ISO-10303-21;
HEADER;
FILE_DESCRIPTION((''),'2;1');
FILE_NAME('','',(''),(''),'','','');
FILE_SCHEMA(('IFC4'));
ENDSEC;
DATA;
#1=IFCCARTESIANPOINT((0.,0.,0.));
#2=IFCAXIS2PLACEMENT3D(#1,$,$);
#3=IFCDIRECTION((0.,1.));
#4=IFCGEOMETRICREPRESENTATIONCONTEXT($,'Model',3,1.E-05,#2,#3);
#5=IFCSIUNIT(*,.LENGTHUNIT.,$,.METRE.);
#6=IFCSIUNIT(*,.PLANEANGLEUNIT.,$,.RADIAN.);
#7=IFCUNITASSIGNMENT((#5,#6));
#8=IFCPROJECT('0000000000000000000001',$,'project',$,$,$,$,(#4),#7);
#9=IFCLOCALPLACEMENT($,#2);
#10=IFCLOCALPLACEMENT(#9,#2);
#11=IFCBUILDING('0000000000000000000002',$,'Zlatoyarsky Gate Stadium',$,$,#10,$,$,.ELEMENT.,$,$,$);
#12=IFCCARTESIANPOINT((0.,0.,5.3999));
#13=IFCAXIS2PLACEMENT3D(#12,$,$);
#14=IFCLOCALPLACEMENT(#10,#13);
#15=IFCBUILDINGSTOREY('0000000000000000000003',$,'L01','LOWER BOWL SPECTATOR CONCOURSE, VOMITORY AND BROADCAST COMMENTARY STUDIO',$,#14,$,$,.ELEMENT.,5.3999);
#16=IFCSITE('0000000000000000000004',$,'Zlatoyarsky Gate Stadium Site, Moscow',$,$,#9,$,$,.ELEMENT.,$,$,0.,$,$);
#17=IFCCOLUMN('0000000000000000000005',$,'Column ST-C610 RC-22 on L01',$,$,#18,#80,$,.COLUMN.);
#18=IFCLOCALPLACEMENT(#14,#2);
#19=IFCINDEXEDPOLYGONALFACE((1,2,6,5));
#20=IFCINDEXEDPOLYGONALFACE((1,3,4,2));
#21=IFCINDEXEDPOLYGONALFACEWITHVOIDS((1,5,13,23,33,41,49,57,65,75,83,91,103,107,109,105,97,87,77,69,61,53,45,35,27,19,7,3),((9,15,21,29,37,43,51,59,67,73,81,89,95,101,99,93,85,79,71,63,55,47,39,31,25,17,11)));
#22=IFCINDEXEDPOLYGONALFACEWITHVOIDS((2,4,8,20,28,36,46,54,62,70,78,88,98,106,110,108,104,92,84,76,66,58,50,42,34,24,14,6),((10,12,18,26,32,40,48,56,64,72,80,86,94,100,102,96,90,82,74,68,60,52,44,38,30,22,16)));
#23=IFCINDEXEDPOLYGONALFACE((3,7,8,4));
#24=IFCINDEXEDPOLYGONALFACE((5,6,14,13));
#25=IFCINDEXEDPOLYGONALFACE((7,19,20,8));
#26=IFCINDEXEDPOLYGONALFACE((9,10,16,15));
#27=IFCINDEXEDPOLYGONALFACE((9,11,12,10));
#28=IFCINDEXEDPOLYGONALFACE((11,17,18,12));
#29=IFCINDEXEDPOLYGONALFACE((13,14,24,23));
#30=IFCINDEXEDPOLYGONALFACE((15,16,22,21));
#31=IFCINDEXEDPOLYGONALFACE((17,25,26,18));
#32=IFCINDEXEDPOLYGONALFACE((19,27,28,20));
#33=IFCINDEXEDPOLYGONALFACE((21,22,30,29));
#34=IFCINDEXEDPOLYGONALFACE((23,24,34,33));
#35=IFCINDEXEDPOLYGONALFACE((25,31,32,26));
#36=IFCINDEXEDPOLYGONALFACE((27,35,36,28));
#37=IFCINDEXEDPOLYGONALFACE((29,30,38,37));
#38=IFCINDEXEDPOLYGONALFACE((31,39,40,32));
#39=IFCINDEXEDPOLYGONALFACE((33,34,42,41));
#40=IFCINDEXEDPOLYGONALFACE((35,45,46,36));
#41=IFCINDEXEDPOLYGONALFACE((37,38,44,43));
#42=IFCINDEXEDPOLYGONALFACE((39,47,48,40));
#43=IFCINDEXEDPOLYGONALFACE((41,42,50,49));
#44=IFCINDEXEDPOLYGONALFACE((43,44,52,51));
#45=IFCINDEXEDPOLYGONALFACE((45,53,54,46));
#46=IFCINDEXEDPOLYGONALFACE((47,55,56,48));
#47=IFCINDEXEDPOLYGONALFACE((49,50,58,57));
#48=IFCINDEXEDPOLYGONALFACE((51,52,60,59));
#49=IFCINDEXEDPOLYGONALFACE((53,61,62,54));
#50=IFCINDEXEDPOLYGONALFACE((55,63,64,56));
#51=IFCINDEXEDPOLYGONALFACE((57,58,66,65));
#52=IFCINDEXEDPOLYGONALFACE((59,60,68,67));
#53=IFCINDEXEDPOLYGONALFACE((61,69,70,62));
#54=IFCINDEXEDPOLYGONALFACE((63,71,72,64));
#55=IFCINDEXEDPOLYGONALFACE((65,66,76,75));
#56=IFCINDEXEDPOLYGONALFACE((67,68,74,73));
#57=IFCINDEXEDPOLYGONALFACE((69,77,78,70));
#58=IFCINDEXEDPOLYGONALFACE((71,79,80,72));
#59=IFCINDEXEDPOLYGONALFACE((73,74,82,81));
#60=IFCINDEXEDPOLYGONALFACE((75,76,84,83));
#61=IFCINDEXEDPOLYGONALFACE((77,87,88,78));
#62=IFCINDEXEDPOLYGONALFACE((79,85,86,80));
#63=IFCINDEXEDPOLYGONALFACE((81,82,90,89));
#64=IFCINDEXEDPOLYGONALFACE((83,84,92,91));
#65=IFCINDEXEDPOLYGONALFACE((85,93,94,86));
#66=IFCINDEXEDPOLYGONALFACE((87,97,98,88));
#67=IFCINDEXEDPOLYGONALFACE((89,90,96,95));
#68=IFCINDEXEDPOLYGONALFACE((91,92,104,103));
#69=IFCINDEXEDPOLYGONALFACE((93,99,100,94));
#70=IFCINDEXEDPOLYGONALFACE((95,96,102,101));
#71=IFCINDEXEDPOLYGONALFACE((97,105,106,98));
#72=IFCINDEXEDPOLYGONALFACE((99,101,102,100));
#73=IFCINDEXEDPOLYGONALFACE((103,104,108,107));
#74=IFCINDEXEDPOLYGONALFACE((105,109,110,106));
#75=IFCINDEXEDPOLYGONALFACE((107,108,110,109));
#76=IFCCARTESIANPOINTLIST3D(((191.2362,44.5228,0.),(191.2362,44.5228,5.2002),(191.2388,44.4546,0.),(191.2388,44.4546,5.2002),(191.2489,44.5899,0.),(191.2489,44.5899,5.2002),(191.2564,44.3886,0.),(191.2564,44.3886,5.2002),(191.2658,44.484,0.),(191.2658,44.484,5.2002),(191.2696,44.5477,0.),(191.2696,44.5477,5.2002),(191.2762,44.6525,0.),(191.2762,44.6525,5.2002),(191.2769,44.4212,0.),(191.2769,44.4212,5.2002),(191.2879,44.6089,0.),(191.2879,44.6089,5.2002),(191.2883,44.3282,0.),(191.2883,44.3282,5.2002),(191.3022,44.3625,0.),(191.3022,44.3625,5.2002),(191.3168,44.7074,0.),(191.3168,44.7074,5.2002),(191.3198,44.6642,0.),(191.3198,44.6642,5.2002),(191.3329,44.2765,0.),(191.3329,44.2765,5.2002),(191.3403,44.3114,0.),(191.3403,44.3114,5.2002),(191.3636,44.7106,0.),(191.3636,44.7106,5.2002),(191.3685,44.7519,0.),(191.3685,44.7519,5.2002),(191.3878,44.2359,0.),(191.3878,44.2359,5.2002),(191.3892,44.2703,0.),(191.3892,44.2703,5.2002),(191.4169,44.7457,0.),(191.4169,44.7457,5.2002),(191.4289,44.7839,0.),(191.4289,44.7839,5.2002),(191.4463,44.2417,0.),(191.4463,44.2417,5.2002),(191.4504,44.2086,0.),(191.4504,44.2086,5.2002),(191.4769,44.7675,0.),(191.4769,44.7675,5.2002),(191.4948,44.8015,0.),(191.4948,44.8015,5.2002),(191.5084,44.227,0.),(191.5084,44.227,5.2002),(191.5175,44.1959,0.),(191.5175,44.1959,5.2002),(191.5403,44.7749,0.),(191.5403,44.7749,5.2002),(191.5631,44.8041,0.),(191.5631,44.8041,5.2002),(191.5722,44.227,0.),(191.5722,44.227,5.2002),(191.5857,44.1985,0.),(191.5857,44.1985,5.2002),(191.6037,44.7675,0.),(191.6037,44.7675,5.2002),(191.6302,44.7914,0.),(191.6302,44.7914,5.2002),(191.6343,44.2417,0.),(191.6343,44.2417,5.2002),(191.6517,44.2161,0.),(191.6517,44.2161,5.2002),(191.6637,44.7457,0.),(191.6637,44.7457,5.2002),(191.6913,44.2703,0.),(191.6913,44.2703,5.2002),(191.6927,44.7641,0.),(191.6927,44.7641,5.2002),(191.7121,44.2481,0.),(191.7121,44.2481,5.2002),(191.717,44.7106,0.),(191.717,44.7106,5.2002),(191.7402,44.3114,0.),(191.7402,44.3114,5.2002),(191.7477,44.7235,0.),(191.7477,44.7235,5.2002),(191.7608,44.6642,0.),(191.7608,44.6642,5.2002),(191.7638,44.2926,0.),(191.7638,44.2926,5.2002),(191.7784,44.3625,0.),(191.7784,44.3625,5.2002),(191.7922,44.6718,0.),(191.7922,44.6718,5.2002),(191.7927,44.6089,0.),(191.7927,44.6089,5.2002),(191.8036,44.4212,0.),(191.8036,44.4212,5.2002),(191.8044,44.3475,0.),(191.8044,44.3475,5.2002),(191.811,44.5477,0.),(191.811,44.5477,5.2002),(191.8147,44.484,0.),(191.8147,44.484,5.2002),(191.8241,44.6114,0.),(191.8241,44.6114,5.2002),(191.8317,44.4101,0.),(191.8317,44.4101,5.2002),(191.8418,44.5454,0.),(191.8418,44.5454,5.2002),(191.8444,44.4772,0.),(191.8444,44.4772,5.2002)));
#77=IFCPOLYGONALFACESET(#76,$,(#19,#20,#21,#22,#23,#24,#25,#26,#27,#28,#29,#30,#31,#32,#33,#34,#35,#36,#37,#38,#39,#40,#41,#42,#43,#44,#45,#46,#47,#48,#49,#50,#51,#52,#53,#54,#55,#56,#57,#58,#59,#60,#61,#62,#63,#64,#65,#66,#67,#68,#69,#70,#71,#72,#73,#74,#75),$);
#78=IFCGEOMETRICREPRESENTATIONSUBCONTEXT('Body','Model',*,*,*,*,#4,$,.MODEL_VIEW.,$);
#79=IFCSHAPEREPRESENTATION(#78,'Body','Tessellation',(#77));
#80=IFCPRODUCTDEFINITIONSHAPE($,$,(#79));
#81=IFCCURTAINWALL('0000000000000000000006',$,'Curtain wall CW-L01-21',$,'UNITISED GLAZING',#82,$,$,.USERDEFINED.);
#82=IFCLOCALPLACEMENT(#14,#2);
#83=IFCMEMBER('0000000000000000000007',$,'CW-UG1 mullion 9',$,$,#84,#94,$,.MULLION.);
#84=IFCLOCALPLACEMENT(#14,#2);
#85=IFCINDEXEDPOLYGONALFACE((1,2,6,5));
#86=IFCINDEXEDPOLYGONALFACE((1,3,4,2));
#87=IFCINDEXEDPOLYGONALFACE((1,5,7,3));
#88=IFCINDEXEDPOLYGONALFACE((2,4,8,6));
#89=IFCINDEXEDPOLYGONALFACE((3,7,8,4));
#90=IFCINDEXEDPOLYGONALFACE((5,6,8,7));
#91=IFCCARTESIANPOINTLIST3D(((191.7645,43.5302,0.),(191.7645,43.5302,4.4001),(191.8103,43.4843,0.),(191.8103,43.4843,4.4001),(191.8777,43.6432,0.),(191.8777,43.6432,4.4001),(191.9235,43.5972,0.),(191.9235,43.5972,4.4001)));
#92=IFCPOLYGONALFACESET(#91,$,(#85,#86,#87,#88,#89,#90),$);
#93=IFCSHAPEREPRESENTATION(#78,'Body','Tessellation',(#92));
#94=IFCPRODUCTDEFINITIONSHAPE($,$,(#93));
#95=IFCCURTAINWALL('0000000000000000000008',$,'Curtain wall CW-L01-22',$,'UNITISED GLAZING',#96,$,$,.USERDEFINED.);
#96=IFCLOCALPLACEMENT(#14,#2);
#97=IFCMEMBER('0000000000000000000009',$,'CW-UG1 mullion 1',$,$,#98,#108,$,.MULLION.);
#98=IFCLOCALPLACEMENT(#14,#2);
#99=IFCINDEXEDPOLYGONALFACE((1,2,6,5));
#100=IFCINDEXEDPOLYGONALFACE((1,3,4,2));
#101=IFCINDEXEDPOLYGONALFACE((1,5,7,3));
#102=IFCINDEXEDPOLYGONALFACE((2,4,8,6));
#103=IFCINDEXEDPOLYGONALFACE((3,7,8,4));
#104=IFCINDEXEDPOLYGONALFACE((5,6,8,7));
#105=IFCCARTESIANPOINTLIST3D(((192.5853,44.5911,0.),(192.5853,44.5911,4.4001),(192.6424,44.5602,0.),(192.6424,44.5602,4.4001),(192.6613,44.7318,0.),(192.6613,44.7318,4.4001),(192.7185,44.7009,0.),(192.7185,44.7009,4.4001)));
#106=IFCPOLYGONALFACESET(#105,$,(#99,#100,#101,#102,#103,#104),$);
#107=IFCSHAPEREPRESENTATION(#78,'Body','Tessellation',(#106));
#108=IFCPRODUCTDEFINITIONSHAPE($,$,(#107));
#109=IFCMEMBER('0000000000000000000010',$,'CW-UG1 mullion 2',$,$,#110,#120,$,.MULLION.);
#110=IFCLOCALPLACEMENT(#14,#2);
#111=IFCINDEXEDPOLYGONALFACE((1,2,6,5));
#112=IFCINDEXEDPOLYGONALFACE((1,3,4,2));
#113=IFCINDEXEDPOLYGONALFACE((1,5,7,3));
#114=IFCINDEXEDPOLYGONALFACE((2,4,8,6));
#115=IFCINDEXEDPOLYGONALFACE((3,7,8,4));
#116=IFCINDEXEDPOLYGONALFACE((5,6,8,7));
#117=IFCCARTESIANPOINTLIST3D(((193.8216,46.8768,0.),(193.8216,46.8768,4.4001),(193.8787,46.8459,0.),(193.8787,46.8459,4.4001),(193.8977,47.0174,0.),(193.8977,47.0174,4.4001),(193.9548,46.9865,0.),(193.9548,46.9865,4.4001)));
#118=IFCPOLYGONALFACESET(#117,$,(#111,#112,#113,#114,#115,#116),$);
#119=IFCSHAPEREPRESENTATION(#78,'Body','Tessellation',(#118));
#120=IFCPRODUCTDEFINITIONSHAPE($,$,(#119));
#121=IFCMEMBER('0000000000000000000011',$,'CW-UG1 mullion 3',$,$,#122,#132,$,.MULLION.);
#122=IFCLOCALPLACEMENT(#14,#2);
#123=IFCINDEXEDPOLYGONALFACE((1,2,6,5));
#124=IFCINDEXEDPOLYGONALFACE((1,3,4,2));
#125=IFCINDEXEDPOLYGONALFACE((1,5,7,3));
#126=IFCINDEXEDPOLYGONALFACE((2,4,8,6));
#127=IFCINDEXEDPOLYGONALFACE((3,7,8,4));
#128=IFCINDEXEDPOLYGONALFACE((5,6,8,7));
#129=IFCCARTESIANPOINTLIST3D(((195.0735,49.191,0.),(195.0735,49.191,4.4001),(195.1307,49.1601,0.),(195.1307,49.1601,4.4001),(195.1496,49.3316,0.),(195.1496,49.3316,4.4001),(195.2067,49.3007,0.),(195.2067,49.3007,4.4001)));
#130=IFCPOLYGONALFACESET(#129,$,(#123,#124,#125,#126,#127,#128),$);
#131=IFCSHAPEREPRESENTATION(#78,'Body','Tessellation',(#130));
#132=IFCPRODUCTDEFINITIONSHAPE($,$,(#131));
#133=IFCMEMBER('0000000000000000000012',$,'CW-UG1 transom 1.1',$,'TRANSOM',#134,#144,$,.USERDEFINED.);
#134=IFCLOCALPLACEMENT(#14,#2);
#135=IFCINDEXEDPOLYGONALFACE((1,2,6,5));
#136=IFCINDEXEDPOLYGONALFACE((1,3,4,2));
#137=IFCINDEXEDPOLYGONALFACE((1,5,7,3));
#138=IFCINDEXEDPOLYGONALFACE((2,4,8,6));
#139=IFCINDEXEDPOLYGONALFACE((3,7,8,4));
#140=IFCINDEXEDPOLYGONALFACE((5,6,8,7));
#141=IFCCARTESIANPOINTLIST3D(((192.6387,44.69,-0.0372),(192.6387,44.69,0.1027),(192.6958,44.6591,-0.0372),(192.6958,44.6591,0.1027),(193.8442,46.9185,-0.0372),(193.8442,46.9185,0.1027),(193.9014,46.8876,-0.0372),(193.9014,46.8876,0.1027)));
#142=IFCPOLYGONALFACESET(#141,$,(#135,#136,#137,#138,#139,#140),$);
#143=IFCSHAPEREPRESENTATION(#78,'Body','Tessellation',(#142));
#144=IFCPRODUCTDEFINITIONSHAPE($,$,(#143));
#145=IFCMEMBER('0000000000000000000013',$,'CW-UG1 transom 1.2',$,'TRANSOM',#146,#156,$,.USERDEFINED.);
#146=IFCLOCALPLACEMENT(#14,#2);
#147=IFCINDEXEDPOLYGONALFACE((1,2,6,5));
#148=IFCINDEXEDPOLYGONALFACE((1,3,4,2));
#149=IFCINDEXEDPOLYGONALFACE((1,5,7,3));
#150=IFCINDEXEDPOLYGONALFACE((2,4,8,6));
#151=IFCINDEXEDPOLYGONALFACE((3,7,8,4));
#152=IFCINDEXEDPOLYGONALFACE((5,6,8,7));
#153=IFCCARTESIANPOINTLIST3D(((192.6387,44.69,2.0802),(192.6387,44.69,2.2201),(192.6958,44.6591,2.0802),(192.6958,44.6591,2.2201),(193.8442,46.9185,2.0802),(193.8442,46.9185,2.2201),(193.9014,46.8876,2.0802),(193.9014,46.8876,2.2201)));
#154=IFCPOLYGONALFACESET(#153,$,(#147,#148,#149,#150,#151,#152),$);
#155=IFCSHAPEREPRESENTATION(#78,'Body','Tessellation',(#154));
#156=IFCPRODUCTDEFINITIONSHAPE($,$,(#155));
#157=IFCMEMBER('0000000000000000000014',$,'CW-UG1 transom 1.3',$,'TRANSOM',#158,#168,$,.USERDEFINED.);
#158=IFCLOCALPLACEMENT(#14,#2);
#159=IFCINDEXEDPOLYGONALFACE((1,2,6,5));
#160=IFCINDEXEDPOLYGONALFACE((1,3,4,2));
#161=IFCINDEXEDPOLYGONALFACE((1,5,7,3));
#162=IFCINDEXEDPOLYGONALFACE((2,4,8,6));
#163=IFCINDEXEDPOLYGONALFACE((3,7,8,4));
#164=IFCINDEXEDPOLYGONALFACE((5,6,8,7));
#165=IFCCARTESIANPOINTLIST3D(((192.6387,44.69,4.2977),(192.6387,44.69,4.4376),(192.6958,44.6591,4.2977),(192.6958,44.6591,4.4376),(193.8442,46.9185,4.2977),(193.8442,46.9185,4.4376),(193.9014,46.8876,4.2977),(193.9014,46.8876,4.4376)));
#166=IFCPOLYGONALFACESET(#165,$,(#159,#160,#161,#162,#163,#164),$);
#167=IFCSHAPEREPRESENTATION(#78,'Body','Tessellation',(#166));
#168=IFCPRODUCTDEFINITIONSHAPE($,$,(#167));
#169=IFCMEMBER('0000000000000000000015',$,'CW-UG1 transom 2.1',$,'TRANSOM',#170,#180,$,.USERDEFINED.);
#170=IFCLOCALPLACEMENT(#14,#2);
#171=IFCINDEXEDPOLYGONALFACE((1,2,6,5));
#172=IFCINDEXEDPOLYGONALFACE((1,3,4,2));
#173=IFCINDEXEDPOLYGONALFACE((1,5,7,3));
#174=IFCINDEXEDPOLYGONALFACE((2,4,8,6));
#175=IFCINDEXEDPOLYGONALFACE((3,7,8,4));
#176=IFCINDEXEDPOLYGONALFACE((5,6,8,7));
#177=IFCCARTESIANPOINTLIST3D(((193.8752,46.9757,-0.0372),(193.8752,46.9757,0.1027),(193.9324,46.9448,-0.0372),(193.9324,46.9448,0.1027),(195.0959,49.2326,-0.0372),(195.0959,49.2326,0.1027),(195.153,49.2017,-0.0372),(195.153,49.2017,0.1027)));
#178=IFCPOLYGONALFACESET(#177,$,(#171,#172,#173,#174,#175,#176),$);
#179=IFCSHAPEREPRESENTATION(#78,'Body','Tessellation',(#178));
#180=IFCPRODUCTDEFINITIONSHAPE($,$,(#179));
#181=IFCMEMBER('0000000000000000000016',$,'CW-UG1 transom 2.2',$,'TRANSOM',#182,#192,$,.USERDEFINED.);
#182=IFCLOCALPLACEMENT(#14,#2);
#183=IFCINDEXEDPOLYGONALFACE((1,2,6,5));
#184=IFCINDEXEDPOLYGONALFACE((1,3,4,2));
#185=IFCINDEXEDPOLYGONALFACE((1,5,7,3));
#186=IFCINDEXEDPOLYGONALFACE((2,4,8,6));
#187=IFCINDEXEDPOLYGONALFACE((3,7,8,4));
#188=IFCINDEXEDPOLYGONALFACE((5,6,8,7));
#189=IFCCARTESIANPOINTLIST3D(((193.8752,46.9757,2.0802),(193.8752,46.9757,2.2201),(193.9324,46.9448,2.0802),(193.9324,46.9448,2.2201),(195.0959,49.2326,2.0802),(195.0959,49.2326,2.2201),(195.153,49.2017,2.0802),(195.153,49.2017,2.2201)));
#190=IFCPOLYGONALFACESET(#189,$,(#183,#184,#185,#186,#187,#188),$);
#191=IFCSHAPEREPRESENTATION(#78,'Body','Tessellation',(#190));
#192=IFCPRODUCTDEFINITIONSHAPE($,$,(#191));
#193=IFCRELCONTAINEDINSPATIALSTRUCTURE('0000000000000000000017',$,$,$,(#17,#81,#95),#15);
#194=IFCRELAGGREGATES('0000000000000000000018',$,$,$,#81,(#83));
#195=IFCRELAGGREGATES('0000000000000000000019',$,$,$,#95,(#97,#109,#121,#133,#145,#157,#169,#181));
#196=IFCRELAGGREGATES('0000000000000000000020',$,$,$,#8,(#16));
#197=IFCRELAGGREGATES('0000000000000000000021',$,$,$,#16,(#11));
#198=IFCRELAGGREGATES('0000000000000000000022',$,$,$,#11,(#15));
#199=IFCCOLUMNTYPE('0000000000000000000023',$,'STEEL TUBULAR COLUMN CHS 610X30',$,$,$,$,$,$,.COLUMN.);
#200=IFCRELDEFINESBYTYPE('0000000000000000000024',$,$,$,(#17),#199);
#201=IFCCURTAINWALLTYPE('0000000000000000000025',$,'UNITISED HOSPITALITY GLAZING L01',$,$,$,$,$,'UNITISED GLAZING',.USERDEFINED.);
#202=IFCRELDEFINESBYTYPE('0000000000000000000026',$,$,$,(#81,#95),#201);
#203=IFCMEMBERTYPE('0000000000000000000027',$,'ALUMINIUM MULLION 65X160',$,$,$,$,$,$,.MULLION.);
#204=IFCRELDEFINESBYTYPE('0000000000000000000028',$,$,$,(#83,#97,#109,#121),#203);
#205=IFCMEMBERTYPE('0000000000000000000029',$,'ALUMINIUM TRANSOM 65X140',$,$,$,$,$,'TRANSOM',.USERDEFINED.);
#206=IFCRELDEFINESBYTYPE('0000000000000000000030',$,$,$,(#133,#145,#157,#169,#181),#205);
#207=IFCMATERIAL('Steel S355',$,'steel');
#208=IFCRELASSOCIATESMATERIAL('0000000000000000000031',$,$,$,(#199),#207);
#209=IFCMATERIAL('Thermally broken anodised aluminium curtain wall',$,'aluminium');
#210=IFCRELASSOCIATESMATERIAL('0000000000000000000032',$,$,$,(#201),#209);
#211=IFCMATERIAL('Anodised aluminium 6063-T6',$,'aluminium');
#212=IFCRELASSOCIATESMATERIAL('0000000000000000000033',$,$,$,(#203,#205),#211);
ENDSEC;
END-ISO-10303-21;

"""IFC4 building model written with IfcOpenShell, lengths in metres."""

from ifc_helpers import new_model, si_unit, direction, frame, origin, origin_2d, place, context, subcontext, project, spatial, rectangle, hollow_circle, extrude, material, material_profile, profile_set, type_object, element, aggregate, save


model = new_model("IFC4")

# Units and contexts
model_context = context("Model", 3, precision=1e-05, world=origin(), true_north=direction((0.0, 1.0)))
body_context = subcontext(model_context, "Body", "Model", "MODEL_VIEW")
ifc_project = project(units=[si_unit("LENGTHUNIT", "METRE"), si_unit("PLANEANGLEUNIT", "RADIAN")], contexts=[model_context])

# Site, building, storey
site_placement = place(None, origin())
site = spatial("IfcSite", under=ifc_project, at=site_placement, Name="Zlatoyarsky Gate Stadium Site, Moscow", CompositionType="ELEMENT", RefElevation=0.0)
building_placement = place(site_placement, origin())
building = spatial("IfcBuilding", under=site, at=building_placement, Name="Zlatoyarsky Gate Stadium", CompositionType="ELEMENT")
storey_placement = place(building_placement, frame((0.0, 0.0, 5.3999)))
storey = spatial("IfcBuildingStorey", under=building, at=storey_placement, Name="L01", Description="LOWER BOWL SPECTATOR CONCOURSE, VOMITORY AND BROADCAST COMMENTARY STUDIO", CompositionType="ELEMENT", Elevation=5.3999)

# Column
ifc_material_1 = material(Name="Steel S355", Category="steel")
ifc_material_profile_1 = material_profile(ifc_material_1, hollow_circle(Radius=0.3049, WallThickness=0.03, at=origin_2d()), Name="CHS 610X30")
ifc_profile_set_1 = profile_set([ifc_material_profile_1], Name="Steel S355")
column_type = type_object("IfcColumnType", Name="STEEL TUBULAR COLUMN CHS 610X30", PredefinedType="COLUMN", material=ifc_profile_set_1)
column_placement = place(storey_placement, frame((191.5403, 44.5, 0.0), z_axis=(0.0, 0.0, 1.0), x_axis=(0.866025, -0.5, 0.0)))
element("IfcColumn", 1, at=column_placement, inside=storey, type_object=column_type, Name="Column ST-C610 RC-22 on L01", PredefinedType="COLUMN", context=body_context, shape_type="SweptSolid", body=[
    extrude(hollow_circle(Radius=0.3049, WallThickness=0.03, at=origin_2d()), origin(), (0.0, 0.0, 1.0), 5.2002),
])

# Curtain wall, member
ifc_material_2 = material(Name="Thermally broken anodised aluminium curtain wall", Category="aluminium")
curtain_wall_type = type_object("IfcCurtainWallType", Name="UNITISED HOSPITALITY GLAZING L01", ElementType="UNITISED GLAZING", PredefinedType="USERDEFINED", material=ifc_material_2)
curtain_wall_1_placement = place(storey_placement, origin())
curtain_wall_1 = element("IfcCurtainWall", 2, at=curtain_wall_1_placement, inside=storey, type_object=curtain_wall_type, Name="Curtain wall CW-L01-21", ObjectType="UNITISED GLAZING", PredefinedType="USERDEFINED")
ifc_material_3 = material(Name="Anodised aluminium 6063-T6", Category="aluminium")
ifc_material_profile_2 = material_profile(ifc_material_3, rectangle(XDim=0.0649, YDim=0.1599, at=origin_2d()), Name="ALU 65X160")
ifc_profile_set_2 = profile_set([ifc_material_profile_2], Name="Anodised aluminium 6063-T6")
member_type_1 = type_object("IfcMemberType", Name="ALUMINIUM MULLION 65X160", PredefinedType="MULLION", material=ifc_profile_set_2)
member_1_placement = place(storey_placement, frame((191.844, 43.5637, 0.0), z_axis=(0.0, 0.0, 1.0), x_axis=(-0.706371, 0.707842, 0.0)))
member_1 = element("IfcMember", 3, at=member_1_placement, type_object=member_type_1, Name="CW-UG1 mullion 9", PredefinedType="MULLION", context=body_context, shape_type="SweptSolid", body=[
    extrude(rectangle(XDim=0.0649, YDim=0.1599, at=origin_2d()), origin(), (0.0, 0.0, 1.0), 4.4001),
])
aggregate(curtain_wall_1, [member_1])

# Curtain wall, members
curtain_wall_2_placement = place(storey_placement, origin())
curtain_wall_2 = element("IfcCurtainWall", 4, at=curtain_wall_2_placement, inside=storey, type_object=curtain_wall_type, Name="Curtain wall CW-L01-22", ObjectType="UNITISED GLAZING", PredefinedType="USERDEFINED")
member_2_placement = place(storey_placement, frame((192.6519, 44.646, 0.0), z_axis=(0.0, 0.0, 1.0), x_axis=(-0.879562, 0.475784, 0.0)))
member_2 = element("IfcMember", 5, at=member_2_placement, type_object=member_type_1, Name="CW-UG1 mullion 1", PredefinedType="MULLION", context=body_context, shape_type="SweptSolid", body=[
    extrude(rectangle(XDim=0.0649, YDim=0.1599, at=origin_2d()), origin(), (0.0, 0.0, 1.0), 4.4001),
])
member_3_placement = place(storey_placement, frame((193.8882, 46.9316, 0.0), z_axis=(0.0, 0.0, 1.0), x_axis=(-0.879562, 0.475784, 0.0)))
member_3 = element("IfcMember", 6, at=member_3_placement, type_object=member_type_1, Name="CW-UG1 mullion 2", PredefinedType="MULLION", context=body_context, shape_type="SweptSolid", body=[
    extrude(rectangle(XDim=0.0649, YDim=0.1599, at=origin_2d()), origin(), (0.0, 0.0, 1.0), 4.4001),
])
member_4_placement = place(storey_placement, frame((195.1401, 49.2458, 0.0), z_axis=(0.0, 0.0, 1.0), x_axis=(-0.879562, 0.475784, 0.0)))
member_4 = element("IfcMember", 7, at=member_4_placement, type_object=member_type_1, Name="CW-UG1 mullion 3", PredefinedType="MULLION", context=body_context, shape_type="SweptSolid", body=[
    extrude(rectangle(XDim=0.0649, YDim=0.1599, at=origin_2d()), origin(), (0.0, 0.0, 1.0), 4.4001),
])
ifc_material_profile_3 = material_profile(ifc_material_3, rectangle(XDim=0.0649, YDim=0.1399, at=origin_2d()), Name="ALU 65X140")
ifc_profile_set_3 = profile_set([ifc_material_profile_3], Name="Anodised aluminium 6063-T6")
member_type_2 = type_object("IfcMemberType", Name="ALUMINIUM TRANSOM 65X140", ElementType="TRANSOM", PredefinedType="USERDEFINED", material=ifc_profile_set_3)
member_5_placement = place(storey_placement, frame((192.6672, 44.6746, 0.0327), z_axis=(0.475811, 0.879547, 0.0), x_axis=(-0.879547, 0.475811, 0.0)))
member_5 = element("IfcMember", 8, at=member_5_placement, type_object=member_type_2, Name="CW-UG1 transom 1.1", ObjectType="TRANSOM", PredefinedType="USERDEFINED", context=body_context, shape_type="SweptSolid", body=[
    extrude(rectangle(XDim=0.0649, YDim=0.1399, at=origin_2d()), origin(), (0.0, 0.0, 1.0), 2.5337),
])
member_6_placement = place(storey_placement, frame((192.6672, 44.6746, 2.1501), z_axis=(0.475811, 0.879547, 0.0), x_axis=(-0.879547, 0.475811, 0.0)))
member_6 = element("IfcMember", 9, at=member_6_placement, type_object=member_type_2, Name="CW-UG1 transom 1.2", ObjectType="TRANSOM", PredefinedType="USERDEFINED", context=body_context, shape_type="SweptSolid", body=[
    extrude(rectangle(XDim=0.0649, YDim=0.1399, at=origin_2d()), origin(), (0.0, 0.0, 1.0), 2.5337),
])
member_7_placement = place(storey_placement, frame((192.6672, 44.6746, 4.3677), z_axis=(0.475811, 0.879547, 0.0), x_axis=(-0.879547, 0.475811, 0.0)))
member_7 = element("IfcMember", 10, at=member_7_placement, type_object=member_type_2, Name="CW-UG1 transom 1.3", ObjectType="TRANSOM", PredefinedType="USERDEFINED", context=body_context, shape_type="SweptSolid", body=[
    extrude(rectangle(XDim=0.0649, YDim=0.1399, at=origin_2d()), origin(), (0.0, 0.0, 1.0), 2.5337),
])
member_8_placement = place(storey_placement, frame((193.9038, 46.9602, 0.0327), z_axis=(0.475716, 0.879599, 0.0), x_axis=(-0.879599, 0.475716, 0.0)))
member_8 = element("IfcMember", 11, at=member_8_placement, type_object=member_type_2, Name="CW-UG1 transom 2.1", ObjectType="TRANSOM", PredefinedType="USERDEFINED", context=body_context, shape_type="SweptSolid", body=[
    extrude(rectangle(XDim=0.0649, YDim=0.1399, at=origin_2d()), origin(), (0.0, 0.0, 1.0), 2.5659),
])
member_9_placement = place(storey_placement, frame((193.9038, 46.9602, 2.1501), z_axis=(0.475716, 0.879599, 0.0), x_axis=(-0.879599, 0.475716, 0.0)))
member_9 = element("IfcMember", 12, at=member_9_placement, type_object=member_type_2, Name="CW-UG1 transom 2.2", ObjectType="TRANSOM", PredefinedType="USERDEFINED", context=body_context, shape_type="SweptSolid", body=[
    extrude(rectangle(XDim=0.0649, YDim=0.1399, at=origin_2d()), origin(), (0.0, 0.0, 1.0), 2.5659),
])

aggregate(curtain_wall_2, [member_2, member_3, member_4, member_5, member_6, member_7, member_8, member_9])

save(model, "model.ifc")
